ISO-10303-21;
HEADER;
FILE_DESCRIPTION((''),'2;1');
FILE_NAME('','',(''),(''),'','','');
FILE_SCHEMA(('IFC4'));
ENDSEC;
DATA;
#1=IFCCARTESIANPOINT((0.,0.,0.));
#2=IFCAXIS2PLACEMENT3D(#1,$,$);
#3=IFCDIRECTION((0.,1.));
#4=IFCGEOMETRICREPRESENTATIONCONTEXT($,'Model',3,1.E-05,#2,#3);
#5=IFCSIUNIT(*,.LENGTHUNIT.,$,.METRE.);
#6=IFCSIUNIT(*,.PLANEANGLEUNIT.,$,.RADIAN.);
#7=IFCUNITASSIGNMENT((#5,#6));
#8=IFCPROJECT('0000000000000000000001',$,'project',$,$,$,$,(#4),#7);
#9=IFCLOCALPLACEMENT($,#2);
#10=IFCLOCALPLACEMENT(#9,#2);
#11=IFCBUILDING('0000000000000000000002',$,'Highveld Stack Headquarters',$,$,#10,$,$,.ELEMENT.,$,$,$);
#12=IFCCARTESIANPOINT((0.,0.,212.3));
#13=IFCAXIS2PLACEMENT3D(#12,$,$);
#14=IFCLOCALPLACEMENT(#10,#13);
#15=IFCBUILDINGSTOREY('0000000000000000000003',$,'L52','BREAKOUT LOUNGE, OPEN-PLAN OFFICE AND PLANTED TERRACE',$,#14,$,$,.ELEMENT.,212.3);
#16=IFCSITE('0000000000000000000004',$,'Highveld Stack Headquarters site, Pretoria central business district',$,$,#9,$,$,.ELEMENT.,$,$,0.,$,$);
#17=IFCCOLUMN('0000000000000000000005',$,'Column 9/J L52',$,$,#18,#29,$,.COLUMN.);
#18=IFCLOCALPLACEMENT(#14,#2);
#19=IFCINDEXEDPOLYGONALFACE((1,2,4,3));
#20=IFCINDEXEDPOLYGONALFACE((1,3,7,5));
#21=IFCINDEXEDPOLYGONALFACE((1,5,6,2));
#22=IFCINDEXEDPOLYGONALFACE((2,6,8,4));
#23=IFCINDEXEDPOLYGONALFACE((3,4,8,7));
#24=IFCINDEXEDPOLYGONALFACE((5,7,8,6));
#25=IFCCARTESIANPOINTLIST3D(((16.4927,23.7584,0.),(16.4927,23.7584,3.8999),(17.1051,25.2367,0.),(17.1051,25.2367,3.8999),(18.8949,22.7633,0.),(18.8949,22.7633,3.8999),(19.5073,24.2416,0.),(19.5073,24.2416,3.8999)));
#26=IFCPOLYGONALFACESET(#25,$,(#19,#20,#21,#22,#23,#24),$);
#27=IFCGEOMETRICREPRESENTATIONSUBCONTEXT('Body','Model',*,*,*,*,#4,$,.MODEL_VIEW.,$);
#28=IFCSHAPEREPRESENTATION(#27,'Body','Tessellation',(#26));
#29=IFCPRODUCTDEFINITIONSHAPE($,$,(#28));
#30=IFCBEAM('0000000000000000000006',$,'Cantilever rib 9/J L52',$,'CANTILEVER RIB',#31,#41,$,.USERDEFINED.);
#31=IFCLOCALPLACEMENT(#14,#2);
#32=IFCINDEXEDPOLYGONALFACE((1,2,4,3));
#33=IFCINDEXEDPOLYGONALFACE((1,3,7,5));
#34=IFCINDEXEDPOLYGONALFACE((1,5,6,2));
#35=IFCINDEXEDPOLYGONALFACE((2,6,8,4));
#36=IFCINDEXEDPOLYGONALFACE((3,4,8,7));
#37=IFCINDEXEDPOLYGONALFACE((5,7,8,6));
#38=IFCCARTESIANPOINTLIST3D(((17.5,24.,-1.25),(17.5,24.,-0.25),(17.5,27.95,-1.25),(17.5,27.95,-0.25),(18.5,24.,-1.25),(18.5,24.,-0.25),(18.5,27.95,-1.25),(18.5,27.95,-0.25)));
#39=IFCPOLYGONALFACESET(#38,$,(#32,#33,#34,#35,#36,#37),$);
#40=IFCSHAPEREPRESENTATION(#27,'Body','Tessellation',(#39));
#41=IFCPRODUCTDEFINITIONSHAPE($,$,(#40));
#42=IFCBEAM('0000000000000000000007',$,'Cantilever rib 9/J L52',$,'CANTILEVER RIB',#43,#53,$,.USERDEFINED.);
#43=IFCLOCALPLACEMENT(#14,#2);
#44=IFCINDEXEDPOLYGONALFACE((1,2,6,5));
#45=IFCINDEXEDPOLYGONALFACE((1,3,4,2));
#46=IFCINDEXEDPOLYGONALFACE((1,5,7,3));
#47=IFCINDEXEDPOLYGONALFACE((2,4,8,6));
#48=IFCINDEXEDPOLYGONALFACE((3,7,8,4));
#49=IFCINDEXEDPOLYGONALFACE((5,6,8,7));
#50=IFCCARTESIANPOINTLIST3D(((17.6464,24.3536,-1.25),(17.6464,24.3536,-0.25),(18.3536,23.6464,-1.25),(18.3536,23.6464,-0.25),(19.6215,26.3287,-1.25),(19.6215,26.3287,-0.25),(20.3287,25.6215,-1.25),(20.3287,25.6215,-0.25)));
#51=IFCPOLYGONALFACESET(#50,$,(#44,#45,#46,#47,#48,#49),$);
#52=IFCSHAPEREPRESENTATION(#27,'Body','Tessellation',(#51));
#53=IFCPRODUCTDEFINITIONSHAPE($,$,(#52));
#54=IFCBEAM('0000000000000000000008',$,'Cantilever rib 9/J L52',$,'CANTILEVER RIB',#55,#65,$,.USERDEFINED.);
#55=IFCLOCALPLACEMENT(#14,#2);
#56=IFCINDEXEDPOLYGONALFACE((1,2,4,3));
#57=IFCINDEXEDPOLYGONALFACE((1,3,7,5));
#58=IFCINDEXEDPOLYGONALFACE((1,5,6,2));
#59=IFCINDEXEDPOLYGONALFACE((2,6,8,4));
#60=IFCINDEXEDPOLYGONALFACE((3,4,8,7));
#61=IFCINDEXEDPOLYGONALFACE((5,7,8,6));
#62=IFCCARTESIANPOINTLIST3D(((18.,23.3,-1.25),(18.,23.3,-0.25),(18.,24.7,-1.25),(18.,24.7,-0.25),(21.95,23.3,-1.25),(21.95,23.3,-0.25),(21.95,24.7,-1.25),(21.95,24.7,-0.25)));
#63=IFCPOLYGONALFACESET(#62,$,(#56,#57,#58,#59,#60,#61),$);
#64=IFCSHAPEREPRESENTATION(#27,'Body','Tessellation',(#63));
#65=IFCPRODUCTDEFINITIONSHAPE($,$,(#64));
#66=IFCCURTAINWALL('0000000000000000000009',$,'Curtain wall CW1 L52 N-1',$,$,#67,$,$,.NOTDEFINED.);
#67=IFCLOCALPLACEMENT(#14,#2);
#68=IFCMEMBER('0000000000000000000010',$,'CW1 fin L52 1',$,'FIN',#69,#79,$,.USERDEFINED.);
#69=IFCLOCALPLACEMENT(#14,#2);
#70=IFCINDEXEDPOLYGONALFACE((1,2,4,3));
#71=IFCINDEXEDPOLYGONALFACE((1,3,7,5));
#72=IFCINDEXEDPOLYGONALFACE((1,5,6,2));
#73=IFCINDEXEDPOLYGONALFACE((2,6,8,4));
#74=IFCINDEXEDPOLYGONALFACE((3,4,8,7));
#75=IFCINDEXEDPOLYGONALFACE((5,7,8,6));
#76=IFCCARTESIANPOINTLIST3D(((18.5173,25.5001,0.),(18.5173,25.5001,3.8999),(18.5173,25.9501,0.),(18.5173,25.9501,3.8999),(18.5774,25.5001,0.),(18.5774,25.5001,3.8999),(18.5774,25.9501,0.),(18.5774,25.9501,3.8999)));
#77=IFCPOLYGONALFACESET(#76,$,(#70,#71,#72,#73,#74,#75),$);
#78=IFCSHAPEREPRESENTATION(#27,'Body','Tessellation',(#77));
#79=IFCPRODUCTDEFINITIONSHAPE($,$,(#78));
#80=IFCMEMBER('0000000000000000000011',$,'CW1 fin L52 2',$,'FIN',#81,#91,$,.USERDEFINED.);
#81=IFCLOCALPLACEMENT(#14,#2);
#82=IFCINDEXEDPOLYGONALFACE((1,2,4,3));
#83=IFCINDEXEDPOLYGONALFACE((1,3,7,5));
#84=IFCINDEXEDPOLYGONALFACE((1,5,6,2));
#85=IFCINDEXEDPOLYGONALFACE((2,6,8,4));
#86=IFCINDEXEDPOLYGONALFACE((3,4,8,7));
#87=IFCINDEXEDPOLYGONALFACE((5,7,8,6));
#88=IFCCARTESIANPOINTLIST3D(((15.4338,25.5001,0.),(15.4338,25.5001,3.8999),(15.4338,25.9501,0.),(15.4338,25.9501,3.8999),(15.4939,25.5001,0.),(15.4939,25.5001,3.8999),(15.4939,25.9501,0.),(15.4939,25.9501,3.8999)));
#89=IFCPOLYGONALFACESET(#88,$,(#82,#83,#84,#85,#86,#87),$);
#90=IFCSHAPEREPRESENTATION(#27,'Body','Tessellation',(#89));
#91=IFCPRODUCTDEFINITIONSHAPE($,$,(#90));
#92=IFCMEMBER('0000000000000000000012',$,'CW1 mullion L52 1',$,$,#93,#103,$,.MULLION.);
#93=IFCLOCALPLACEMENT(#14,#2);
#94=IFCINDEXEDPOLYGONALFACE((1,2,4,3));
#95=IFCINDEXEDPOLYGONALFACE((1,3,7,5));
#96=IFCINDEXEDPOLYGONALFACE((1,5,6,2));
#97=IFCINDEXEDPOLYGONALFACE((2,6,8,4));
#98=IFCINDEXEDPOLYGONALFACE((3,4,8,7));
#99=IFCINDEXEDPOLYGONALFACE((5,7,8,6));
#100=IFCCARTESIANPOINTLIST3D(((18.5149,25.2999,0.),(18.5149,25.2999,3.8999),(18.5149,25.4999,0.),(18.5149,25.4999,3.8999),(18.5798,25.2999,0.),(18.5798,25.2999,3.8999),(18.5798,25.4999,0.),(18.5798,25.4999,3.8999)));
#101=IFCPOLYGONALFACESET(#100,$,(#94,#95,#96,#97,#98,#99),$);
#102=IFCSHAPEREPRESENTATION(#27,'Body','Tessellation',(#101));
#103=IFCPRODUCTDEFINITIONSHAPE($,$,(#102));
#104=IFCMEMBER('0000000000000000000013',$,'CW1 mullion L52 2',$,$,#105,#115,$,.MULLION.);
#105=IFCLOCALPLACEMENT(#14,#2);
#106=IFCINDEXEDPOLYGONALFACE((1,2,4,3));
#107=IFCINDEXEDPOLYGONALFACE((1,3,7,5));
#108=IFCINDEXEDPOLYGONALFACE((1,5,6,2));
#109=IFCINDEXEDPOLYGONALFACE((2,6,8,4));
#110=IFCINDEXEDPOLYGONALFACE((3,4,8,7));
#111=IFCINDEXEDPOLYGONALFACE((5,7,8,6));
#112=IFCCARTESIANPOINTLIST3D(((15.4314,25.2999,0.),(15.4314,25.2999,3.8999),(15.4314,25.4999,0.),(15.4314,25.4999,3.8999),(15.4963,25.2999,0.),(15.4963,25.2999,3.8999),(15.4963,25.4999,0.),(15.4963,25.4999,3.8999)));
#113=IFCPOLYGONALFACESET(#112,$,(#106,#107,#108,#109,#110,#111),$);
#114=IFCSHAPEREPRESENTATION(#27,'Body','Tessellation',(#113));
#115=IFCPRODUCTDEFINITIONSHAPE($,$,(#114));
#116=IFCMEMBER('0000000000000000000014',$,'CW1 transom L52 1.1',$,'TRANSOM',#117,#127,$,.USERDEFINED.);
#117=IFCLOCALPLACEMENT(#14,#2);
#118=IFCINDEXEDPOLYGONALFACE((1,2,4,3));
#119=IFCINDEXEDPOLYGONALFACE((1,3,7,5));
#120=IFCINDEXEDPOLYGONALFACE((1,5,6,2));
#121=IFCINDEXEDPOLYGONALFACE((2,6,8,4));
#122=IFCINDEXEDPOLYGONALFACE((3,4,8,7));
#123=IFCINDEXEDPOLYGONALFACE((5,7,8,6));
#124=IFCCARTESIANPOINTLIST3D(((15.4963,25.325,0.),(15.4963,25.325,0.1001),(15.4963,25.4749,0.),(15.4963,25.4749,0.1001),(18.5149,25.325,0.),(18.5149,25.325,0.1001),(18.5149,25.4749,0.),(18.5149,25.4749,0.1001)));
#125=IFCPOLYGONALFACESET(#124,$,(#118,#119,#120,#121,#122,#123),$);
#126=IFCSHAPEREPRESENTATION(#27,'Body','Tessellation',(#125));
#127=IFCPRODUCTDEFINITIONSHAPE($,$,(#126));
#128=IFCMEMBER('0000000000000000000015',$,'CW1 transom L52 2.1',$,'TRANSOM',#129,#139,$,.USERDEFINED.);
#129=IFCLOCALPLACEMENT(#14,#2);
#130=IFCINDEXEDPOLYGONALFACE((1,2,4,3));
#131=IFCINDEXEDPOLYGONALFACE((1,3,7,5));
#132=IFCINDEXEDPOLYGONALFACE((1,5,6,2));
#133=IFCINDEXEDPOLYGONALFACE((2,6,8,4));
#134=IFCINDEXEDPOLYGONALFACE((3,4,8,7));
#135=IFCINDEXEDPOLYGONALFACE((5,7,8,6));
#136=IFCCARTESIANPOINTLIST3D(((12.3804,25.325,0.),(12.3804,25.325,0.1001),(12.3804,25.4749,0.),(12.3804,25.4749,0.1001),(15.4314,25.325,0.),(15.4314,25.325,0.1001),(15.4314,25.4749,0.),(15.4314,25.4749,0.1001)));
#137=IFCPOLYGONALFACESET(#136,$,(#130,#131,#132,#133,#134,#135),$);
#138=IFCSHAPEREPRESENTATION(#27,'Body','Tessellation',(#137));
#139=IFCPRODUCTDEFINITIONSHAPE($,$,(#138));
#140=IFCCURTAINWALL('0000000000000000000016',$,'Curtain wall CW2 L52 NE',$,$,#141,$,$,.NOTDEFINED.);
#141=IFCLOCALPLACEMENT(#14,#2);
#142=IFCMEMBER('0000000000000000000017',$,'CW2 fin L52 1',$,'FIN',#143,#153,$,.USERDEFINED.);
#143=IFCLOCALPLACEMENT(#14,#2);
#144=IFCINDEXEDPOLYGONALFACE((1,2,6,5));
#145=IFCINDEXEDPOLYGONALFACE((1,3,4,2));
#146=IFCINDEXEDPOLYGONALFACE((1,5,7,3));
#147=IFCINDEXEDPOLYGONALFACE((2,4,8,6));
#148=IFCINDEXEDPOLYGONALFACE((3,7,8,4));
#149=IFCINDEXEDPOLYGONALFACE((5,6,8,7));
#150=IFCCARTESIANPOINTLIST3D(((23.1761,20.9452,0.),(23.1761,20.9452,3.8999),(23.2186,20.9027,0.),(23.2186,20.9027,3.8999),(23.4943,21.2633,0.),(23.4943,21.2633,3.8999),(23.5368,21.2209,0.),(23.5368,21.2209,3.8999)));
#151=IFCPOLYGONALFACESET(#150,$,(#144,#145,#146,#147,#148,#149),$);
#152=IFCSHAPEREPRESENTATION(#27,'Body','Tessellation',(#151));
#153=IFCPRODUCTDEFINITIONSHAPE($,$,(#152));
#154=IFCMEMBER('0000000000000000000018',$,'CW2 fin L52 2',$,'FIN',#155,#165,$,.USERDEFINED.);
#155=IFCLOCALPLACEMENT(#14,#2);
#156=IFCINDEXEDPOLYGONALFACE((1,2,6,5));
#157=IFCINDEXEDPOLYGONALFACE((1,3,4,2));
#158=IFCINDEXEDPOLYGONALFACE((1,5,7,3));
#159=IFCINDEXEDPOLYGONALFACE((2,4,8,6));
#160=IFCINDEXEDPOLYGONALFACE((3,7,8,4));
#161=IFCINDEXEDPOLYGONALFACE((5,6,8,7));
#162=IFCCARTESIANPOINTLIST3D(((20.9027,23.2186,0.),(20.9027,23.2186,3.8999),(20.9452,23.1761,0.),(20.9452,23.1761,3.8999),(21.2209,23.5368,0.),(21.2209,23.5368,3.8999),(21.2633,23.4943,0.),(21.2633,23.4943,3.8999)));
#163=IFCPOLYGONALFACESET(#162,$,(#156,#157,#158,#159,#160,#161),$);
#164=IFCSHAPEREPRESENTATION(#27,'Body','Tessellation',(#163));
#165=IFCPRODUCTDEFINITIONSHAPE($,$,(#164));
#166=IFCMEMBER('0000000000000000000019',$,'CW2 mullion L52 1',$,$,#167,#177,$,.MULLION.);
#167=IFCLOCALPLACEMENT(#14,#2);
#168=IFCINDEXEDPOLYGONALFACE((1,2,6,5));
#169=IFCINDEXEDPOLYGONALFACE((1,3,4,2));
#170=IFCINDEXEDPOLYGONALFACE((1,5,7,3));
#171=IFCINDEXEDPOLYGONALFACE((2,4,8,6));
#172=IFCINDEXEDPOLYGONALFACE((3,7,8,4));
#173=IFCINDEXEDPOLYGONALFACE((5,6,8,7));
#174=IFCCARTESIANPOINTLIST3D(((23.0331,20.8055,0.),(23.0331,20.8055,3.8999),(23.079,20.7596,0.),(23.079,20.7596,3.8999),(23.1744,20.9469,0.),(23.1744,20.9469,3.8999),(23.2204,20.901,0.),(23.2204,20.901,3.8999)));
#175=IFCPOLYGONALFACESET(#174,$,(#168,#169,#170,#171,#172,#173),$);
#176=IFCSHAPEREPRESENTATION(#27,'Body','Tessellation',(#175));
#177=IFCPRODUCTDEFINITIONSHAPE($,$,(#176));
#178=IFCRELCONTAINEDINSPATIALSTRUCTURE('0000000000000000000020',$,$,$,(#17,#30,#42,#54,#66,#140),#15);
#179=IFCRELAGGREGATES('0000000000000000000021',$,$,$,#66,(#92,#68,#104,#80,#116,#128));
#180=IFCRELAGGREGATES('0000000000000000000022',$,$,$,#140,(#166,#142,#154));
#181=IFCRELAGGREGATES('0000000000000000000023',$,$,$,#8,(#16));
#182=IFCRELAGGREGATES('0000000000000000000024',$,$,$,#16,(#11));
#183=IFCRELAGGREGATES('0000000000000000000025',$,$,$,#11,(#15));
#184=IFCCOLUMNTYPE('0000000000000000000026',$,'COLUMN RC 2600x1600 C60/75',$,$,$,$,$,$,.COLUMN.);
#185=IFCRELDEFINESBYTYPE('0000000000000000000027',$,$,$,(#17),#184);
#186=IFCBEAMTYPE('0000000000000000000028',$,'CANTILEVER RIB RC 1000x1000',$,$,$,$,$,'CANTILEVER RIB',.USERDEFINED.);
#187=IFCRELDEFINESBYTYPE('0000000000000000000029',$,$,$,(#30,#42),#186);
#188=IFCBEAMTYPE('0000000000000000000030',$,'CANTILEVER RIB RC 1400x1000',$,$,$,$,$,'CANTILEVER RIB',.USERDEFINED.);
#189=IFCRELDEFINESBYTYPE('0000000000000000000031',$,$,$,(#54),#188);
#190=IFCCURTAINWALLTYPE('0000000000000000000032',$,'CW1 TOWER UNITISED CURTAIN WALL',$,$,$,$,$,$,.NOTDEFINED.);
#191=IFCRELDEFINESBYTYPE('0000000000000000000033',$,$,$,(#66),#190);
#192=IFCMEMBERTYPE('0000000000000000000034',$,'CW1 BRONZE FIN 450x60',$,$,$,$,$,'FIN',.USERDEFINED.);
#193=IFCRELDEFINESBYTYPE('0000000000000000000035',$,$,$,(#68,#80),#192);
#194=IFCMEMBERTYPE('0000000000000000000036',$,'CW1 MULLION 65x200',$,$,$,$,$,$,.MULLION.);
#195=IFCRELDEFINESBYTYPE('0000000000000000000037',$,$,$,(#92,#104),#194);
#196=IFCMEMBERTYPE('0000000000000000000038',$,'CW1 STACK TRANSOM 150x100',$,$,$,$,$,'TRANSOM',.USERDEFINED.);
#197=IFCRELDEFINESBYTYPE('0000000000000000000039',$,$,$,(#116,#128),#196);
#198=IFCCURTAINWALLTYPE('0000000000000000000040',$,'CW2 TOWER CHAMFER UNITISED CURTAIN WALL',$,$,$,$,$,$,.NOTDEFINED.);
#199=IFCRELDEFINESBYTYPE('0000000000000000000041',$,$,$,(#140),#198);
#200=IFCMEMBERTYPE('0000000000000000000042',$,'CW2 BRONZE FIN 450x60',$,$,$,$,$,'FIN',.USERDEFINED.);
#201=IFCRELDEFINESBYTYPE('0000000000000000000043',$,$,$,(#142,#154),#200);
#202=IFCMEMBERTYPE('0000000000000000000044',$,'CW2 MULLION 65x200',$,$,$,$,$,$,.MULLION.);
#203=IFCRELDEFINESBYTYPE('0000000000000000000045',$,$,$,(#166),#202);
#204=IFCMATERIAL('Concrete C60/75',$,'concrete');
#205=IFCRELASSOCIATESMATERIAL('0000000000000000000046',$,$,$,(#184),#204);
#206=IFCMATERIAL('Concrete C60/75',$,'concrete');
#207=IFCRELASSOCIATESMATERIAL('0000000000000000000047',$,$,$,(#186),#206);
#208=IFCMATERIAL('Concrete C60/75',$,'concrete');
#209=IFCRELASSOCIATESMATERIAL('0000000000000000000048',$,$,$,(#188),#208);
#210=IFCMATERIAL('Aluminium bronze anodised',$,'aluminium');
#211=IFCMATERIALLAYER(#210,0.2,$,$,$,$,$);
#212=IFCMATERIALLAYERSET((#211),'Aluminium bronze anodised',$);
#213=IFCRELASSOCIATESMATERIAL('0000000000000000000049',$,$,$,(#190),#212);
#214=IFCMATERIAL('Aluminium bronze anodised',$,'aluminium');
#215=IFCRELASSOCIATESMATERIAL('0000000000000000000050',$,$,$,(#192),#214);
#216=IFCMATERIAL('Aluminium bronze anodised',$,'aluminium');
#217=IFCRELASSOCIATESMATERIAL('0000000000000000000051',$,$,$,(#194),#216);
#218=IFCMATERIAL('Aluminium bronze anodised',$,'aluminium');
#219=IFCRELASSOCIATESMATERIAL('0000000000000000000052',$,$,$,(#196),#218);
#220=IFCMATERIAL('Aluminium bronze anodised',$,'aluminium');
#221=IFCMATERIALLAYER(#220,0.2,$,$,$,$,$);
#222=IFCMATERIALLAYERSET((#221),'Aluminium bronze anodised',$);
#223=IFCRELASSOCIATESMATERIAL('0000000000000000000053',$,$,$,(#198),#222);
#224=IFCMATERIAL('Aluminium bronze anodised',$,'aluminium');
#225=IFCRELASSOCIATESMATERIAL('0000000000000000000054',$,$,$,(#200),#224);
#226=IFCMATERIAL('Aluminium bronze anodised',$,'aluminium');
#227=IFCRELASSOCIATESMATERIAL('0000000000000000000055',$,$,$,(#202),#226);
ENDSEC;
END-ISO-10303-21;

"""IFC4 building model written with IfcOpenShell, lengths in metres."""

from ifc_helpers import new_model, si_unit, direction, frame, origin, origin_2d, place, context, subcontext, project, spatial, rectangle, extrude, material, layer, layer_set, material_profile, profile_set, type_object, element, aggregate, save


model = new_model("IFC4")

# Units and contexts
model_context = context("Model", 3, precision=1e-05, world=origin(), true_north=direction((0.0, 1.0)))
body_context = subcontext(model_context, "Body", "Model", "MODEL_VIEW")
ifc_project = project(units=[si_unit("LENGTHUNIT", "METRE"), si_unit("PLANEANGLEUNIT", "RADIAN")], contexts=[model_context])

# Site, building, storey
site_placement = place(None, origin())
site = spatial("IfcSite", under=ifc_project, at=site_placement, Name="Highveld Stack Headquarters site, Pretoria central business district", CompositionType="ELEMENT", RefElevation=0.0)
building_placement = place(site_placement, origin())
building = spatial("IfcBuilding", under=site, at=building_placement, Name="Highveld Stack Headquarters", CompositionType="ELEMENT")
storey_placement = place(building_placement, frame((0.0, 0.0, 212.3)))
storey = spatial("IfcBuildingStorey", under=building, at=storey_placement, Name="L52", Description="BREAKOUT LOUNGE, OPEN-PLAN OFFICE AND PLANTED TERRACE", CompositionType="ELEMENT", Elevation=212.3)

# Column
ifc_material_1 = material(Name="Concrete C60/75", Category="concrete")
ifc_material_profile_1 = material_profile(ifc_material_1, rectangle(XDim=2.6001, YDim=1.6001, at=origin_2d()), Name="RC 2600x1600")
ifc_profile_set_1 = profile_set([ifc_material_profile_1], Name="Concrete C60/75")
column_type = type_object("IfcColumnType", Name="COLUMN RC 2600x1600 C60/75", PredefinedType="COLUMN", material=ifc_profile_set_1)
column_placement = place(storey_placement, frame((18.0, 24.0, 0.0), z_axis=(0.0, 0.0, 1.0), x_axis=(0.92388, -0.382683, 0.0)))
element("IfcColumn", 1, at=column_placement, inside=storey, type_object=column_type, Name="Column 9/J L52", PredefinedType="COLUMN", context=body_context, shape_type="SweptSolid", body=[
    extrude(rectangle(XDim=2.6001, YDim=1.6001, at=origin_2d()), origin(), (0.0, 0.0, 1.0), 3.8999),
])

# Beams
ifc_material_2 = material(Name="Concrete C60/75", Category="concrete")
ifc_material_profile_2 = material_profile(ifc_material_2, rectangle(XDim=1.0, YDim=1.0, at=origin_2d()), Name="RC 1000x1000")
ifc_profile_set_2 = profile_set([ifc_material_profile_2], Name="Concrete C60/75")
beam_type_1 = type_object("IfcBeamType", Name="CANTILEVER RIB RC 1000x1000", ElementType="CANTILEVER RIB", PredefinedType="USERDEFINED", material=ifc_profile_set_2)
beam_1_placement = place(storey_placement, frame((18.0, 24.0, -0.75), z_axis=(0.0, 1.0, 0.0), x_axis=(-1.0, 0.0, 0.0)))
element("IfcBeam", 2, at=beam_1_placement, inside=storey, type_object=beam_type_1, Name="Cantilever rib 9/J L52", ObjectType="CANTILEVER RIB", PredefinedType="USERDEFINED", context=body_context, shape_type="SweptSolid", body=[
    extrude(rectangle(XDim=1.0, YDim=1.0, at=origin_2d()), origin(), (0.0, 0.0, 1.0), 3.95),
])
beam_2_placement = place(storey_placement, frame((18.0, 24.0, -0.75), z_axis=(0.707107, 0.707107, 0.0), x_axis=(-0.707107, 0.707107, 0.0)))
element("IfcBeam", 3, at=beam_2_placement, inside=storey, type_object=beam_type_1, Name="Cantilever rib 9/J L52", ObjectType="CANTILEVER RIB", PredefinedType="USERDEFINED", context=body_context, shape_type="SweptSolid", body=[
    extrude(rectangle(XDim=1.0, YDim=1.0, at=origin_2d()), origin(), (0.0, 0.0, 1.0), 2.7932),
])
ifc_material_3 = material(Name="Concrete C60/75", Category="concrete")
ifc_material_profile_3 = material_profile(ifc_material_3, rectangle(XDim=1.3999, YDim=1.0, at=origin_2d()), Name="RC 1400x1000")
ifc_profile_set_3 = profile_set([ifc_material_profile_3], Name="Concrete C60/75")
beam_type_2 = type_object("IfcBeamType", Name="CANTILEVER RIB RC 1400x1000", ElementType="CANTILEVER RIB", PredefinedType="USERDEFINED", material=ifc_profile_set_3)
beam_3_placement = place(storey_placement, frame((18.0, 24.0, -0.75), z_axis=(1.0, 0.0, 0.0), x_axis=(0.0, 1.0, 0.0)))
element("IfcBeam", 4, at=beam_3_placement, inside=storey, type_object=beam_type_2, Name="Cantilever rib 9/J L52", ObjectType="CANTILEVER RIB", PredefinedType="USERDEFINED", context=body_context, shape_type="SweptSolid", body=[
    extrude(rectangle(XDim=1.3999, YDim=1.0, at=origin_2d()), origin(), (0.0, 0.0, 1.0), 3.95),
])

# Curtain walls, members
ifc_material_4 = material(Name="Aluminium bronze anodised", Category="aluminium")
ifc_layer_1 = layer(ifc_material_4, 0.2)
ifc_layer_set_1 = layer_set([ifc_layer_1], Name="Aluminium bronze anodised")
curtain_wall_type_1 = type_object("IfcCurtainWallType", Name="CW1 TOWER UNITISED CURTAIN WALL", PredefinedType="NOTDEFINED", material=ifc_layer_set_1)
curtain_wall_1_placement = place(storey_placement, origin())
curtain_wall_1 = element("IfcCurtainWall", 5, at=curtain_wall_1_placement, inside=storey, type_object=curtain_wall_type_1, Name="Curtain wall CW1 L52 N-1", PredefinedType="NOTDEFINED")
ifc_material_5 = material(Name="Aluminium bronze anodised", Category="aluminium")
ifc_material_profile_4 = material_profile(ifc_material_5, rectangle(XDim=0.45, YDim=0.0601, at=origin_2d()), Name="FIN 450x60")
ifc_profile_set_4 = profile_set([ifc_material_profile_4], Name="Aluminium bronze anodised")
member_type_1 = type_object("IfcMemberType", Name="CW1 BRONZE FIN 450x60", ElementType="FIN", PredefinedType="USERDEFINED", material=ifc_profile_set_4)
member_1_placement = place(storey_placement, frame((18.5474, 25.7251, 0.0), z_axis=(0.0, 0.0, 1.0), x_axis=(0.0, -1.0, 0.0)))
member_1 = element("IfcMember", 6, at=member_1_placement, type_object=member_type_1, Name="CW1 fin L52 1", ObjectType="FIN", PredefinedType="USERDEFINED", context=body_context, shape_type="SweptSolid", body=[
    extrude(rectangle(XDim=0.45, YDim=0.0601, at=origin_2d()), origin(), (0.0, 0.0, 1.0), 3.8999),
])
member_2_placement = place(storey_placement, frame((15.4639, 25.7251, 0.0), z_axis=(0.0, 0.0, 1.0), x_axis=(0.0, -1.0, 0.0)))
member_2 = element("IfcMember", 7, at=member_2_placement, type_object=member_type_1, Name="CW1 fin L52 2", ObjectType="FIN", PredefinedType="USERDEFINED", context=body_context, shape_type="SweptSolid", body=[
    extrude(rectangle(XDim=0.45, YDim=0.0601, at=origin_2d()), origin(), (0.0, 0.0, 1.0), 3.8999),
])
ifc_material_6 = material(Name="Aluminium bronze anodised", Category="aluminium")
ifc_material_profile_5 = material_profile(ifc_material_6, rectangle(XDim=0.2, YDim=0.0649, at=origin_2d()), Name="CW1 MULLION 65x200")
ifc_profile_set_5 = profile_set([ifc_material_profile_5], Name="Aluminium bronze anodised")
member_type_2 = type_object("IfcMemberType", Name="CW1 MULLION 65x200", PredefinedType="MULLION", material=ifc_profile_set_5)
member_3_placement = place(storey_placement, frame((18.5474, 25.3999, 0.0), z_axis=(0.0, 0.0, 1.0), x_axis=(0.0, -1.0, 0.0)))
member_3 = element("IfcMember", 8, at=member_3_placement, type_object=member_type_2, Name="CW1 mullion L52 1", PredefinedType="MULLION", context=body_context, shape_type="SweptSolid", body=[
    extrude(rectangle(XDim=0.2, YDim=0.0649, at=origin_2d()), origin(), (0.0, 0.0, 1.0), 3.8999),
])
member_4_placement = place(storey_placement, frame((15.4639, 25.3999, 0.0), z_axis=(0.0, 0.0, 1.0), x_axis=(0.0, -1.0, 0.0)))
member_4 = element("IfcMember", 9, at=member_4_placement, type_object=member_type_2, Name="CW1 mullion L52 2", PredefinedType="MULLION", context=body_context, shape_type="SweptSolid", body=[
    extrude(rectangle(XDim=0.2, YDim=0.0649, at=origin_2d()), origin(), (0.0, 0.0, 1.0), 3.8999),
])
ifc_material_7 = material(Name="Aluminium bronze anodised", Category="aluminium")
ifc_material_profile_6 = material_profile(ifc_material_7, rectangle(XDim=0.1499, YDim=0.1001, at=origin_2d()), Name="CW1 TRANSOM 150x100")
ifc_profile_set_6 = profile_set([ifc_material_profile_6], Name="Aluminium bronze anodised")
member_type_3 = type_object("IfcMemberType", Name="CW1 STACK TRANSOM 150x100", ElementType="TRANSOM", PredefinedType="USERDEFINED", material=ifc_profile_set_6)
member_5_placement = place(storey_placement, frame((18.5149, 25.3999, 0.05), z_axis=(-1.0, 0.0, 0.0), x_axis=(0.0, -1.0, 0.0)))
member_5 = element("IfcMember", 10, at=member_5_placement, type_object=member_type_3, Name="CW1 transom L52 1.1", ObjectType="TRANSOM", PredefinedType="USERDEFINED", context=body_context, shape_type="SweptSolid", body=[
    extrude(rectangle(XDim=0.1499, YDim=0.1001, at=origin_2d()), origin(), (0.0, 0.0, 1.0), 3.0186),
])
member_6_placement = place(storey_placement, frame((15.4314, 25.3999, 0.05), z_axis=(-1.0, 0.0, 0.0), x_axis=(0.0, -1.0, 0.0)))
member_6 = element("IfcMember", 11, at=member_6_placement, type_object=member_type_3, Name="CW1 transom L52 2.1", ObjectType="TRANSOM", PredefinedType="USERDEFINED", context=body_context, shape_type="SweptSolid", body=[
    extrude(rectangle(XDim=0.1499, YDim=0.1001, at=origin_2d()), origin(), (0.0, 0.0, 1.0), 3.051),
])
ifc_material_8 = material(Name="Aluminium bronze anodised", Category="aluminium")
ifc_layer_2 = layer(ifc_material_8, 0.2)
ifc_layer_set_2 = layer_set([ifc_layer_2], Name="Aluminium bronze anodised")
curtain_wall_type_2 = type_object("IfcCurtainWallType", Name="CW2 TOWER CHAMFER UNITISED CURTAIN WALL", PredefinedType="NOTDEFINED", material=ifc_layer_set_2)
curtain_wall_2_placement = place(storey_placement, origin())
curtain_wall_2 = element("IfcCurtainWall", 12, at=curtain_wall_2_placement, inside=storey, type_object=curtain_wall_type_2, Name="Curtain wall CW2 L52 NE", PredefinedType="NOTDEFINED")
ifc_material_9 = material(Name="Aluminium bronze anodised", Category="aluminium")
ifc_material_profile_7 = material_profile(ifc_material_9, rectangle(XDim=0.45, YDim=0.0601, at=origin_2d()), Name="FIN 450x60")
ifc_profile_set_7 = profile_set([ifc_material_profile_7], Name="Aluminium bronze anodised")
member_type_4 = type_object("IfcMemberType", Name="CW2 BRONZE FIN 450x60", ElementType="FIN", PredefinedType="USERDEFINED", material=ifc_profile_set_7)
member_7_placement = place(storey_placement, frame((23.3564, 21.083, 0.0), z_axis=(0.0, 0.0, 1.0), x_axis=(-0.707107, -0.707107, 0.0)))
member_7 = element("IfcMember", 13, at=member_7_placement, type_object=member_type_4, Name="CW2 fin L52 1", ObjectType="FIN", PredefinedType="USERDEFINED", context=body_context, shape_type="SweptSolid", body=[
    extrude(rectangle(XDim=0.45, YDim=0.0601, at=origin_2d()), origin(), (0.0, 0.0, 1.0), 3.8999),
])
member_8_placement = place(storey_placement, frame((21.083, 23.3564, 0.0), z_axis=(0.0, 0.0, 1.0), x_axis=(-0.707107, -0.707107, 0.0)))
member_8 = element("IfcMember", 14, at=member_8_placement, type_object=member_type_4, Name="CW2 fin L52 2", ObjectType="FIN", PredefinedType="USERDEFINED", context=body_context, shape_type="SweptSolid", body=[
    extrude(rectangle(XDim=0.45, YDim=0.0601, at=origin_2d()), origin(), (0.0, 0.0, 1.0), 3.8999),
])
ifc_material_10 = material(Name="Aluminium bronze anodised", Category="aluminium")
ifc_material_profile_8 = material_profile(ifc_material_10, rectangle(XDim=0.2, YDim=0.0649, at=origin_2d()), Name="CW2 MULLION 65x200")
ifc_profile_set_8 = profile_set([ifc_material_profile_8], Name="Aluminium bronze anodised")
member_type_5 = type_object("IfcMemberType", Name="CW2 MULLION 65x200", PredefinedType="MULLION", material=ifc_profile_set_8)
member_9_placement = place(storey_placement, frame((23.1267, 20.8533, 0.0), z_axis=(0.0, 0.0, 1.0), x_axis=(-0.707107, -0.707107, 0.0)))
member_9 = element("IfcMember", 15, at=member_9_placement, type_object=member_type_5, Name="CW2 mullion L52 1", PredefinedType="MULLION", context=body_context, shape_type="SweptSolid", body=[
    extrude(rectangle(XDim=0.2, YDim=0.0649, at=origin_2d()), origin(), (0.0, 0.0, 1.0), 3.8999),
])

aggregate(curtain_wall_1, [member_3, member_1, member_4, member_2, member_5, member_6])
aggregate(curtain_wall_2, [member_9, member_7, member_8])

save(model, "model.ifc")
